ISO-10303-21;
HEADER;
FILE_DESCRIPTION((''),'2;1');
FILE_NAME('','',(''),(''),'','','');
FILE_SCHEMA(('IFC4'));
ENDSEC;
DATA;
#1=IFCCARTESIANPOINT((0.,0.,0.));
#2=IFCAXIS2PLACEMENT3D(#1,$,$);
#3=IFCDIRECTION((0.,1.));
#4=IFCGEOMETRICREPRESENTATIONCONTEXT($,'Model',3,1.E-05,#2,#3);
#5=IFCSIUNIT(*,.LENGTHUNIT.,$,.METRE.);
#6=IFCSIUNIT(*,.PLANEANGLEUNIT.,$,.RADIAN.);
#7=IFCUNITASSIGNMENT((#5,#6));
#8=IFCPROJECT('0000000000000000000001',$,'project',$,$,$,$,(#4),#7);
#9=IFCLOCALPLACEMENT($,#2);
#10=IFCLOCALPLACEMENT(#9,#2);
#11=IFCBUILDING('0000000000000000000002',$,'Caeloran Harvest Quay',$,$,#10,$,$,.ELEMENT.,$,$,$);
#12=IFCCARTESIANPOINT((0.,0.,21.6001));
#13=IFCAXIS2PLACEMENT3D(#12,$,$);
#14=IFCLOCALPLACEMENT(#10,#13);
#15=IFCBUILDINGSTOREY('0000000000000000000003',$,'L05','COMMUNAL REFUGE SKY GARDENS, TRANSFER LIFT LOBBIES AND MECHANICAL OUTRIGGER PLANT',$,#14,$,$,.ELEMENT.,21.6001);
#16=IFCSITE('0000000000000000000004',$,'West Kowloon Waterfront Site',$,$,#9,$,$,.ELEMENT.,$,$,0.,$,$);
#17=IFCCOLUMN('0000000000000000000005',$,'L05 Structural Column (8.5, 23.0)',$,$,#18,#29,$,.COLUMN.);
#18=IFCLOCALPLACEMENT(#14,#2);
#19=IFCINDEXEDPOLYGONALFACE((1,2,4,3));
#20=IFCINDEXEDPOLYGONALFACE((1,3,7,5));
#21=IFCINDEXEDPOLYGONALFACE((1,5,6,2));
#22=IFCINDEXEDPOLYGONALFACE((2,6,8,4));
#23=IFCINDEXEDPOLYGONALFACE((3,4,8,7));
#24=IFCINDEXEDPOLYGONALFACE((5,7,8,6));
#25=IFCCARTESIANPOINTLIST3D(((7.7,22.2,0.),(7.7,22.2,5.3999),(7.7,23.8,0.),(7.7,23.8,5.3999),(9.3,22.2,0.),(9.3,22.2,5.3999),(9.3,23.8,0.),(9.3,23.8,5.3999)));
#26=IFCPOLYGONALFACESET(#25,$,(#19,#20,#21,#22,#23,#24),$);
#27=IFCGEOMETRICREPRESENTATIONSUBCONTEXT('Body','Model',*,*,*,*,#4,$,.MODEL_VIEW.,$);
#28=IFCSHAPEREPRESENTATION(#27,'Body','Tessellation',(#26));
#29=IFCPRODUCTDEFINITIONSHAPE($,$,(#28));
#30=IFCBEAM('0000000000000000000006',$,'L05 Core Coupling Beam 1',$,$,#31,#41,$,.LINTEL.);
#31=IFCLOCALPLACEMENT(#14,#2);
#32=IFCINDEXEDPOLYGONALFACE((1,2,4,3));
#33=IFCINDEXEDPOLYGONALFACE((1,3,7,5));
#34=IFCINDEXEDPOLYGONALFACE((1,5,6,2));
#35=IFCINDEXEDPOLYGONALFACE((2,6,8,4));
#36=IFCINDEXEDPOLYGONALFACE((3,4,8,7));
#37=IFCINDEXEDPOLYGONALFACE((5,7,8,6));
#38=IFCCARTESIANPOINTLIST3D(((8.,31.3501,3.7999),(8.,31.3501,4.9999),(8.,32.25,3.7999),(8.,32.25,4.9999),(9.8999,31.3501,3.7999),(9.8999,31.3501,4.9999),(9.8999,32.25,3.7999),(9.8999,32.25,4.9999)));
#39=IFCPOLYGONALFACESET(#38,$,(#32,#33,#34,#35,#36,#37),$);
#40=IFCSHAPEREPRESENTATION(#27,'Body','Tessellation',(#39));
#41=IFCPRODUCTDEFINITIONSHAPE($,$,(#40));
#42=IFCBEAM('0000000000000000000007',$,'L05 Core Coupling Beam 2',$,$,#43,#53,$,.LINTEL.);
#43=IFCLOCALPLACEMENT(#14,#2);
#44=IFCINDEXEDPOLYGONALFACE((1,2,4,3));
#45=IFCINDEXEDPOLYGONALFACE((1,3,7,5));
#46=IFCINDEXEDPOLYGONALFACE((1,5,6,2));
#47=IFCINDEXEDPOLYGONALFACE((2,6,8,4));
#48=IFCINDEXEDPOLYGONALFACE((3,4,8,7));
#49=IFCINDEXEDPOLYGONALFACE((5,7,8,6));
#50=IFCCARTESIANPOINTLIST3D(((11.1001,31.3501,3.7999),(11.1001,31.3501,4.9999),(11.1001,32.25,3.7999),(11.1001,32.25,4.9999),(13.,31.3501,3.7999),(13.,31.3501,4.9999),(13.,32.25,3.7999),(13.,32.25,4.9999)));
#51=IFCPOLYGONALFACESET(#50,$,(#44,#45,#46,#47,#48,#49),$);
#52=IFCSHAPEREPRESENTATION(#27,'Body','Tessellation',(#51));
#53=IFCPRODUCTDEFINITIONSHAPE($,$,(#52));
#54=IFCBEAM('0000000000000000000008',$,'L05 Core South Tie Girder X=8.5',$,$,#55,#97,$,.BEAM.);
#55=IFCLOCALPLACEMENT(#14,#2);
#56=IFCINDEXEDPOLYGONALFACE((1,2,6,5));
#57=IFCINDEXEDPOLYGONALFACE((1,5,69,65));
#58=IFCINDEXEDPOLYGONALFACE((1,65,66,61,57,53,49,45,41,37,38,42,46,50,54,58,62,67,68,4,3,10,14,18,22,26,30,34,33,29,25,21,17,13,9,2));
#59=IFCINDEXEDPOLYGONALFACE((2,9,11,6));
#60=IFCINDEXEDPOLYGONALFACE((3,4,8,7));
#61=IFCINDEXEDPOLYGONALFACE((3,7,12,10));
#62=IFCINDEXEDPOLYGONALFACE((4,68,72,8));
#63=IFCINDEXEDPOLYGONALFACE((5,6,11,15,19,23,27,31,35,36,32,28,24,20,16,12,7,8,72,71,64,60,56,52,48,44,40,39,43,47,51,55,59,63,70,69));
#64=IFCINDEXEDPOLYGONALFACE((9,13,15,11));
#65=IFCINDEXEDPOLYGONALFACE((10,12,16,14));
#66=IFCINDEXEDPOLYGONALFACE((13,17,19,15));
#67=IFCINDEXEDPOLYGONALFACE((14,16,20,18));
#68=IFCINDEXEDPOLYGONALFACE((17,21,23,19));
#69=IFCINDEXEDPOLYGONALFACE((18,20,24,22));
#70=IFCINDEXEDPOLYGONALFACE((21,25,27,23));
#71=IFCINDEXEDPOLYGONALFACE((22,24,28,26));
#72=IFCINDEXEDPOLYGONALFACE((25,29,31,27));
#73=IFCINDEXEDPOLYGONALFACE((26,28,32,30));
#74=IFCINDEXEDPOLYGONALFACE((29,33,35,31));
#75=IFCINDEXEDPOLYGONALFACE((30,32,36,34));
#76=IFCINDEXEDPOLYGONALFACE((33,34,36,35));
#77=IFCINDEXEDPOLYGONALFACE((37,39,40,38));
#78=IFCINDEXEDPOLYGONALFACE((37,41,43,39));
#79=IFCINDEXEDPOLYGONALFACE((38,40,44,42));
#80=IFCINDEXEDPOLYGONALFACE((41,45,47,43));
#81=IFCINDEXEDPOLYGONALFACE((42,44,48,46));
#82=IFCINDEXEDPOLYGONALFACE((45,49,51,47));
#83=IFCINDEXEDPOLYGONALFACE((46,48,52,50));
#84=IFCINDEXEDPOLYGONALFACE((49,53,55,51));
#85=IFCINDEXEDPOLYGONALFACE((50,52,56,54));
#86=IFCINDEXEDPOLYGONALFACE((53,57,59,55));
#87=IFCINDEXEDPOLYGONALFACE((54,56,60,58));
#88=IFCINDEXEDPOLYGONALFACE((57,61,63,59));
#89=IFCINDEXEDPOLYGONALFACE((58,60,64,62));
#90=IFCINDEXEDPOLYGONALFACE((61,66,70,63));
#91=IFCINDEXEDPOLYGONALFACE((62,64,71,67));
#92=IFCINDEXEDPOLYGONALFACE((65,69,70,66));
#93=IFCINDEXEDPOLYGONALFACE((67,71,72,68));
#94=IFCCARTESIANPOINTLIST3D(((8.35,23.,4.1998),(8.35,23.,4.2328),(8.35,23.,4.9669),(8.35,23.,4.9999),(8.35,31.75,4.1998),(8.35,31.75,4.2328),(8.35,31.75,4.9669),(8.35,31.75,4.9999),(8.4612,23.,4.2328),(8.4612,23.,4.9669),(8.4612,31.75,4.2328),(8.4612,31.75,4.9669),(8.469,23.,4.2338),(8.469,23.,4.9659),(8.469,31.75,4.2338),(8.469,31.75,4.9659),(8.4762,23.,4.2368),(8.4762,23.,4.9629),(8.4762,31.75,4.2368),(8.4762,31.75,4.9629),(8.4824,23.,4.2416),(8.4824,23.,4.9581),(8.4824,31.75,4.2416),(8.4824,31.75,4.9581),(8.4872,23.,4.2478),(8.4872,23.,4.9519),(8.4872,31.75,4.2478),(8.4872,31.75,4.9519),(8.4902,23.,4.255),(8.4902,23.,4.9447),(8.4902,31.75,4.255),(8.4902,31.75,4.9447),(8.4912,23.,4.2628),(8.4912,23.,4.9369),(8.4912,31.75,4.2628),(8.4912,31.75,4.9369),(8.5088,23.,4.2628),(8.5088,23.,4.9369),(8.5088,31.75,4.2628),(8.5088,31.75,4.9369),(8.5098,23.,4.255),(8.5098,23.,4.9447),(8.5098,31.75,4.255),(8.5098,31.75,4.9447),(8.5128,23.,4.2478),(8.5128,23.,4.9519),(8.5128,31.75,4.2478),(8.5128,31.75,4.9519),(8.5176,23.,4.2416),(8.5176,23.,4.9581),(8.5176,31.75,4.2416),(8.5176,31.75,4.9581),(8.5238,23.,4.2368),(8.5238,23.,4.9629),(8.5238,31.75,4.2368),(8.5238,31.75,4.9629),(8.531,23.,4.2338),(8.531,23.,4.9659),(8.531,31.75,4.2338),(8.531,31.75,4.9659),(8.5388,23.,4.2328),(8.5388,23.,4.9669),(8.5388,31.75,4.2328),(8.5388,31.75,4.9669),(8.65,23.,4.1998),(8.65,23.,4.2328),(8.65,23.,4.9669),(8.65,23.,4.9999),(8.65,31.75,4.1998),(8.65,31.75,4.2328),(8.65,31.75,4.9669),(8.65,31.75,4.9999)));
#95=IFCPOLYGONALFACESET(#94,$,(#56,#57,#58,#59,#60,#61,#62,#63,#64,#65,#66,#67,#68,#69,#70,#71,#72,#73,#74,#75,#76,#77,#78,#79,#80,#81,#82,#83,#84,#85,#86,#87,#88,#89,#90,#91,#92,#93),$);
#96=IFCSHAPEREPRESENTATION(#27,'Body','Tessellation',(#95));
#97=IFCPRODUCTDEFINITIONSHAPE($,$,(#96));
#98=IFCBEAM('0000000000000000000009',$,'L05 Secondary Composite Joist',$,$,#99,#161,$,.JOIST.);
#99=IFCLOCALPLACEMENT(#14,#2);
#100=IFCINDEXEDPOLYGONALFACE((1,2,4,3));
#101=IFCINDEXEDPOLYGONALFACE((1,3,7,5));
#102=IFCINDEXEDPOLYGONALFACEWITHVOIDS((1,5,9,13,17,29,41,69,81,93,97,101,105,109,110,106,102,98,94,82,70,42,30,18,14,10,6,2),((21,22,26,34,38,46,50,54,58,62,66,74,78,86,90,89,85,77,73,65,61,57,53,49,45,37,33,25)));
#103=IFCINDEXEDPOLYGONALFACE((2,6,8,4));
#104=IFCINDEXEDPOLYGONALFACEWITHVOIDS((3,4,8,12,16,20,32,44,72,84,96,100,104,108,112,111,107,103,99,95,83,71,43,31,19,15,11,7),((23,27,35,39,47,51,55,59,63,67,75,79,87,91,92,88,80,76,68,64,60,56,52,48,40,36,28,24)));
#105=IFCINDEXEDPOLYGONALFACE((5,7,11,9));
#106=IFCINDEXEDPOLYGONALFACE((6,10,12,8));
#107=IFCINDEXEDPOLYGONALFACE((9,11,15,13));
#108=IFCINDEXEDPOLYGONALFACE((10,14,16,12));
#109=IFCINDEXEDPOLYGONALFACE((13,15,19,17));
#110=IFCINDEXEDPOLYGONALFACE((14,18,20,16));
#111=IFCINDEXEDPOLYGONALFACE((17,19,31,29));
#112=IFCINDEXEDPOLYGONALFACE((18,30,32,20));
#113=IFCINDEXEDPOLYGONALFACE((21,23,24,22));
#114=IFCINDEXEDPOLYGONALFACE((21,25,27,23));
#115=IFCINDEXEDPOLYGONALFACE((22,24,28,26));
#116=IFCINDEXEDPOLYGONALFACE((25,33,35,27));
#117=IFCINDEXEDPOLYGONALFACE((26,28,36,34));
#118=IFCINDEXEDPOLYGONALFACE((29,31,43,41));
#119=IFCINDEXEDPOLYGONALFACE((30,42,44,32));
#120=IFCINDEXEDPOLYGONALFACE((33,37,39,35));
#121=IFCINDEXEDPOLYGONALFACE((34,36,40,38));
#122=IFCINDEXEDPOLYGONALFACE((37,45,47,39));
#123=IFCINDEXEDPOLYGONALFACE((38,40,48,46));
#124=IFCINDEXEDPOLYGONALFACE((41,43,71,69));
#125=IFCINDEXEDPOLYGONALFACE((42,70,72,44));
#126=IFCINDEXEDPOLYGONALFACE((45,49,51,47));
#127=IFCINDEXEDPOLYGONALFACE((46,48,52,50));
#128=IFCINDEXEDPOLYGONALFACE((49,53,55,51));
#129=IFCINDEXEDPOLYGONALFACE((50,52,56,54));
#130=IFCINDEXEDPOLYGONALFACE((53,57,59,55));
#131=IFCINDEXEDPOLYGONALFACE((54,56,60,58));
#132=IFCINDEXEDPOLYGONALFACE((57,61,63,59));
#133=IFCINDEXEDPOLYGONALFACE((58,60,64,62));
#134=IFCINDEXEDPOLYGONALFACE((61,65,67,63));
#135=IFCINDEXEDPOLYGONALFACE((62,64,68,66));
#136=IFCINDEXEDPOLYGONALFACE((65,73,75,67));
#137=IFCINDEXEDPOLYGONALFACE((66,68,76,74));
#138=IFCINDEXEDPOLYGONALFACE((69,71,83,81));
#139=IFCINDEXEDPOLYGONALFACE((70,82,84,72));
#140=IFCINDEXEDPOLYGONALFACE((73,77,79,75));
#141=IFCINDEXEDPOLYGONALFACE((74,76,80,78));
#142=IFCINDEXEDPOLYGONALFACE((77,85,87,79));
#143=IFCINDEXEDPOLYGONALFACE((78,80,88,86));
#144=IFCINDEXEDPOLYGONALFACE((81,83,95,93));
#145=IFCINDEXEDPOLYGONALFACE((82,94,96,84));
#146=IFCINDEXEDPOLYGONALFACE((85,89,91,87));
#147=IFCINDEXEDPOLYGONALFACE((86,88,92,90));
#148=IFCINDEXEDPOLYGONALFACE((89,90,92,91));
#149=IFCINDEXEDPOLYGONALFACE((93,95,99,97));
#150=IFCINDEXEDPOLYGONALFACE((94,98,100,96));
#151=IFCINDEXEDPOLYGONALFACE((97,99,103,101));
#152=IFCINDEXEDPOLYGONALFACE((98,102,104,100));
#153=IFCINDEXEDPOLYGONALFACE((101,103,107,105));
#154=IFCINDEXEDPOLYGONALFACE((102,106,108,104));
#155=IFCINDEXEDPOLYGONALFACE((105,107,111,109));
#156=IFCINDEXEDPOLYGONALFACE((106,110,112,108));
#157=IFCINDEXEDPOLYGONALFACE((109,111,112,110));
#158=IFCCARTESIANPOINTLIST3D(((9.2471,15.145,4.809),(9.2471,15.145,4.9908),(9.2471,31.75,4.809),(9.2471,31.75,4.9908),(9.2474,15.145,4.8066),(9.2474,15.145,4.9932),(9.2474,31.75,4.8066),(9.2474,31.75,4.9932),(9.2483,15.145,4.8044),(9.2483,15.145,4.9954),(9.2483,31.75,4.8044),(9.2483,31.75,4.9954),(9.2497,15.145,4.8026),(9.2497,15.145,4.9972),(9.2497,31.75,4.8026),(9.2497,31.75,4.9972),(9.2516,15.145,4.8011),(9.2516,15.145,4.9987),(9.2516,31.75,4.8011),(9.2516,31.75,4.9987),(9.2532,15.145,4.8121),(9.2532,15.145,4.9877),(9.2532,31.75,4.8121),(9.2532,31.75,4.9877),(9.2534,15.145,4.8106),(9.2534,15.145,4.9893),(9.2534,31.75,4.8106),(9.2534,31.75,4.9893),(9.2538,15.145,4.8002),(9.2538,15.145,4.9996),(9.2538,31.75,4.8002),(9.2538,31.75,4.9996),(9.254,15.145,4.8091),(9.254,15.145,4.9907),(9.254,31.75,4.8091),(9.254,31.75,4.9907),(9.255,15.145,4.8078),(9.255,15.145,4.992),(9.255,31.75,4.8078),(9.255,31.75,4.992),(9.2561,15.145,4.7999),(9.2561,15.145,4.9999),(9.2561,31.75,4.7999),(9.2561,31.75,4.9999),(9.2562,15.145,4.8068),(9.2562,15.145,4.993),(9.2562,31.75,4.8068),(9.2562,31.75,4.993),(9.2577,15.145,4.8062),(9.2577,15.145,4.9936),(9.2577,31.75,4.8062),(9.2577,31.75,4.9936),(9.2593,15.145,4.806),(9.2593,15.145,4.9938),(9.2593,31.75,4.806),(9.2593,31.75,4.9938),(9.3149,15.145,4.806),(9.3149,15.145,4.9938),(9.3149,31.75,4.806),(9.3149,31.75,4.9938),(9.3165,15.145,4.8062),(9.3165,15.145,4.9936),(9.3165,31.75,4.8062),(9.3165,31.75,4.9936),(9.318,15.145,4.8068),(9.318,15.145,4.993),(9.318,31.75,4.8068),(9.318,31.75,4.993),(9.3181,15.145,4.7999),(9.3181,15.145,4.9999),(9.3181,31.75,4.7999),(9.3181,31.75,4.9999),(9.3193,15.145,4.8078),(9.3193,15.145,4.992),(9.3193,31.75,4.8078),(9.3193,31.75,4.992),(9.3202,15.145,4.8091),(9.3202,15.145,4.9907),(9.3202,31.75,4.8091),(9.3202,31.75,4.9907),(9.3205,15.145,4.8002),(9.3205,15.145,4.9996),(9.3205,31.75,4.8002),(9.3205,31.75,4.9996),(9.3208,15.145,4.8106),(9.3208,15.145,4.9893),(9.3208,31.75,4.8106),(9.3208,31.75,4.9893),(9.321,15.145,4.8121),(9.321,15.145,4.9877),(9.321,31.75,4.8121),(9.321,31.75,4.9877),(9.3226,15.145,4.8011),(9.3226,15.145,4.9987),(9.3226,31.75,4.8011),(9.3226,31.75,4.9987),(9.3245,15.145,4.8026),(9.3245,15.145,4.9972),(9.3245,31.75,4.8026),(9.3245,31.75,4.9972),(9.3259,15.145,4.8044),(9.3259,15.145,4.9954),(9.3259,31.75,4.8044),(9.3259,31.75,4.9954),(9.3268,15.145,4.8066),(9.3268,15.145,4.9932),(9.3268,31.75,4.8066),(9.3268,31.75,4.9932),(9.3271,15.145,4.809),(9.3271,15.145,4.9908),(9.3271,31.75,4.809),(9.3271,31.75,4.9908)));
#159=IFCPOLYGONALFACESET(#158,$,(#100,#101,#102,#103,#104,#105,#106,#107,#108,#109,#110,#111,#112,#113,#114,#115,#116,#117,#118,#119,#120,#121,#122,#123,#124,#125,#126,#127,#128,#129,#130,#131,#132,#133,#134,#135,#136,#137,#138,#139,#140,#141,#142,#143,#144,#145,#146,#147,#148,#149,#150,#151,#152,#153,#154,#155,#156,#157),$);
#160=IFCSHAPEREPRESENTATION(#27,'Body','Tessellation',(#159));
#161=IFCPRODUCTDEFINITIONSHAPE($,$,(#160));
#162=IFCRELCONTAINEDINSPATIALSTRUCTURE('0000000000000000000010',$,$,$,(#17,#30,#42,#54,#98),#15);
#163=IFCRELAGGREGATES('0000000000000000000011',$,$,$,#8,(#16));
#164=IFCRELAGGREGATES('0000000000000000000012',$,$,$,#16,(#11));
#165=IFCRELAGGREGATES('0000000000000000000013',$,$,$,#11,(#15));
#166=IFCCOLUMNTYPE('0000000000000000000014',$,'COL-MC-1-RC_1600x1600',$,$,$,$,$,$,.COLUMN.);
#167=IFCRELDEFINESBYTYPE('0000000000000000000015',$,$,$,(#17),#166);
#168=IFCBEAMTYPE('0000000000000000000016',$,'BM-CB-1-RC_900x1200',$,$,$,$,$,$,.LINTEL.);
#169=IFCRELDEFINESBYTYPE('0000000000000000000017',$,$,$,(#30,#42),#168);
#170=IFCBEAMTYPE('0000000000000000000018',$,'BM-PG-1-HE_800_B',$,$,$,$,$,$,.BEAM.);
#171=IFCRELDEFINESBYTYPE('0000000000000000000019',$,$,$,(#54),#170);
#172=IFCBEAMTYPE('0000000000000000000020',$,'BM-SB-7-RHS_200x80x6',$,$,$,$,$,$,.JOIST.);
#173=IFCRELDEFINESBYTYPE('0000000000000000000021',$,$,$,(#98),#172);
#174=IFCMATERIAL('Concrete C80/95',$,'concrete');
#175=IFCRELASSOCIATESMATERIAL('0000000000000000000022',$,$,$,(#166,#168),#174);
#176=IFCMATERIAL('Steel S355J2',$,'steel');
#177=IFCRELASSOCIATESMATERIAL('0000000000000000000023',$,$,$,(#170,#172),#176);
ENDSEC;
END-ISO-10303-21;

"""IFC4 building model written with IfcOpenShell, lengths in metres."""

from ifc_helpers import new_model, si_unit, direction, frame, origin, origin_2d, place, context, subcontext, project, spatial, rectangle, hollow_rectangle, i_section, extrude, material, material_profile, profile_set, type_object, element, save


model = new_model("IFC4")

# Units and contexts
model_context = context("Model", 3, precision=1e-05, world=origin(), true_north=direction((0.0, 1.0)))
body_context = subcontext(model_context, "Body", "Model", "MODEL_VIEW")
ifc_project = project(units=[si_unit("LENGTHUNIT", "METRE"), si_unit("PLANEANGLEUNIT", "RADIAN")], contexts=[model_context])

# Site, building, storey
site_placement = place(None, origin())
site = spatial("IfcSite", under=ifc_project, at=site_placement, Name="West Kowloon Waterfront Site", CompositionType="ELEMENT", RefElevation=0.0)
building_placement = place(site_placement, origin())
building = spatial("IfcBuilding", under=site, at=building_placement, Name="Caeloran Harvest Quay", CompositionType="ELEMENT")
storey_placement = place(building_placement, frame((0.0, 0.0, 21.6001)))
storey = spatial("IfcBuildingStorey", under=building, at=storey_placement, Name="L05", Description="COMMUNAL REFUGE SKY GARDENS, TRANSFER LIFT LOBBIES AND MECHANICAL OUTRIGGER PLANT", CompositionType="ELEMENT", Elevation=21.6001)

# Column
ifc_material_1 = material(Name="Concrete C80/95", Category="concrete")
ifc_material_profile_1 = material_profile(ifc_material_1, rectangle(XDim=1.6001, YDim=1.6001, at=origin_2d()), Name="RC 1600x1600")
ifc_profile_set_1 = profile_set([ifc_material_profile_1], Name="Concrete C80/95")
column_type = type_object("IfcColumnType", Name="COL-MC-1-RC_1600x1600", PredefinedType="COLUMN", material=ifc_profile_set_1)
column_placement = place(storey_placement, frame((8.5, 23.0, 0.0), z_axis=(0.0, 0.0, 1.0), x_axis=(1.0, 0.0, 0.0)))
element("IfcColumn", 1, at=column_placement, inside=storey, type_object=column_type, Name="L05 Structural Column (8.5, 23.0)", PredefinedType="COLUMN", context=body_context, shape_type="SweptSolid", body=[
    extrude(rectangle(XDim=1.6001, YDim=1.6001, at=origin_2d()), origin(), (0.0, 0.0, 1.0), 5.3999),
])

# Beams
ifc_material_profile_2 = material_profile(ifc_material_1, rectangle(XDim=0.8999, YDim=1.2, at=origin_2d()), Name="RC 900x1200")
ifc_profile_set_2 = profile_set([ifc_material_profile_2], Name="Concrete C80/95")
beam_type_1 = type_object("IfcBeamType", Name="BM-CB-1-RC_900x1200", PredefinedType="LINTEL", material=ifc_profile_set_2)
for number, where, z_axis, x_axis, name in (
    (2, (8.0, 31.8, 4.3999), (1.0, 0.0, 0.0), (0.0, 1.0, 0.0), "L05 Core Coupling Beam 1"),
    (3, (11.1001, 31.8, 4.3999), (1.0, 0.0, 0.0), (0.0, 1.0, 0.0), "L05 Core Coupling Beam 2"),
):
    element("IfcBeam", number, at=place(storey_placement, frame(where, z_axis=z_axis, x_axis=x_axis)), inside=storey, type_object=beam_type_1, Name=name, PredefinedType="LINTEL", context=body_context, shape_type="SweptSolid", body=[
        extrude(rectangle(XDim=0.8999, YDim=1.2, at=origin_2d()), origin(), (0.0, 0.0, 1.0), 1.8999),
    ])
ifc_material_2 = material(Name="Steel S355J2", Category="steel")
ifc_material_profile_3 = material_profile(ifc_material_2, i_section(OverallWidth=0.3, OverallDepth=0.8, WebThickness=0.0176, FlangeThickness=0.033, FilletRadius=0.03, at=origin_2d()), Name="HE 800 B")
ifc_profile_set_3 = profile_set([ifc_material_profile_3], Name="Steel S355J2")
beam_type_2 = type_object("IfcBeamType", Name="BM-PG-1-HE_800_B", PredefinedType="BEAM", material=ifc_profile_set_3)
beam_1_placement = place(storey_placement, frame((8.5, 23.0, 4.5999), z_axis=(0.0, 1.0, 0.0), x_axis=(-1.0, 0.0, 0.0)))
element("IfcBeam", 4, at=beam_1_placement, inside=storey, type_object=beam_type_2, Name="L05 Core South Tie Girder X=8.5", PredefinedType="BEAM", context=body_context, shape_type="SweptSolid", body=[
    extrude(i_section(OverallWidth=0.3, OverallDepth=0.8, WebThickness=0.0176, FlangeThickness=0.033, FilletRadius=0.03, at=origin_2d()), origin(), (0.0, 0.0, 1.0), 8.75),
])
ifc_material_profile_4 = material_profile(ifc_material_2, hollow_rectangle(XDim=0.0801, YDim=0.2, WallThickness=0.0061, InnerFilletRadius=0.0061, OuterFilletRadius=0.009, at=origin_2d()), Name="RHS 200x80x6")
ifc_profile_set_4 = profile_set([ifc_material_profile_4], Name="Steel S355J2")
beam_type_3 = type_object("IfcBeamType", Name="BM-SB-7-RHS_200x80x6", PredefinedType="JOIST", material=ifc_profile_set_4)
beam_2_placement = place(storey_placement, frame((9.2871, 15.145, 4.8999), z_axis=(0.0, 1.0, 0.0), x_axis=(-1.0, 0.0, 0.0)))
element("IfcBeam", 5, at=beam_2_placement, inside=storey, type_object=beam_type_3, Name="L05 Secondary Composite Joist", PredefinedType="JOIST", context=body_context, shape_type="SweptSolid", body=[
    extrude(hollow_rectangle(XDim=0.0801, YDim=0.2, WallThickness=0.0061, InnerFilletRadius=0.0061, OuterFilletRadius=0.009, at=origin_2d()), origin(), (0.0, 0.0, 1.0), 16.605),
])

save(model, "model.ifc")
